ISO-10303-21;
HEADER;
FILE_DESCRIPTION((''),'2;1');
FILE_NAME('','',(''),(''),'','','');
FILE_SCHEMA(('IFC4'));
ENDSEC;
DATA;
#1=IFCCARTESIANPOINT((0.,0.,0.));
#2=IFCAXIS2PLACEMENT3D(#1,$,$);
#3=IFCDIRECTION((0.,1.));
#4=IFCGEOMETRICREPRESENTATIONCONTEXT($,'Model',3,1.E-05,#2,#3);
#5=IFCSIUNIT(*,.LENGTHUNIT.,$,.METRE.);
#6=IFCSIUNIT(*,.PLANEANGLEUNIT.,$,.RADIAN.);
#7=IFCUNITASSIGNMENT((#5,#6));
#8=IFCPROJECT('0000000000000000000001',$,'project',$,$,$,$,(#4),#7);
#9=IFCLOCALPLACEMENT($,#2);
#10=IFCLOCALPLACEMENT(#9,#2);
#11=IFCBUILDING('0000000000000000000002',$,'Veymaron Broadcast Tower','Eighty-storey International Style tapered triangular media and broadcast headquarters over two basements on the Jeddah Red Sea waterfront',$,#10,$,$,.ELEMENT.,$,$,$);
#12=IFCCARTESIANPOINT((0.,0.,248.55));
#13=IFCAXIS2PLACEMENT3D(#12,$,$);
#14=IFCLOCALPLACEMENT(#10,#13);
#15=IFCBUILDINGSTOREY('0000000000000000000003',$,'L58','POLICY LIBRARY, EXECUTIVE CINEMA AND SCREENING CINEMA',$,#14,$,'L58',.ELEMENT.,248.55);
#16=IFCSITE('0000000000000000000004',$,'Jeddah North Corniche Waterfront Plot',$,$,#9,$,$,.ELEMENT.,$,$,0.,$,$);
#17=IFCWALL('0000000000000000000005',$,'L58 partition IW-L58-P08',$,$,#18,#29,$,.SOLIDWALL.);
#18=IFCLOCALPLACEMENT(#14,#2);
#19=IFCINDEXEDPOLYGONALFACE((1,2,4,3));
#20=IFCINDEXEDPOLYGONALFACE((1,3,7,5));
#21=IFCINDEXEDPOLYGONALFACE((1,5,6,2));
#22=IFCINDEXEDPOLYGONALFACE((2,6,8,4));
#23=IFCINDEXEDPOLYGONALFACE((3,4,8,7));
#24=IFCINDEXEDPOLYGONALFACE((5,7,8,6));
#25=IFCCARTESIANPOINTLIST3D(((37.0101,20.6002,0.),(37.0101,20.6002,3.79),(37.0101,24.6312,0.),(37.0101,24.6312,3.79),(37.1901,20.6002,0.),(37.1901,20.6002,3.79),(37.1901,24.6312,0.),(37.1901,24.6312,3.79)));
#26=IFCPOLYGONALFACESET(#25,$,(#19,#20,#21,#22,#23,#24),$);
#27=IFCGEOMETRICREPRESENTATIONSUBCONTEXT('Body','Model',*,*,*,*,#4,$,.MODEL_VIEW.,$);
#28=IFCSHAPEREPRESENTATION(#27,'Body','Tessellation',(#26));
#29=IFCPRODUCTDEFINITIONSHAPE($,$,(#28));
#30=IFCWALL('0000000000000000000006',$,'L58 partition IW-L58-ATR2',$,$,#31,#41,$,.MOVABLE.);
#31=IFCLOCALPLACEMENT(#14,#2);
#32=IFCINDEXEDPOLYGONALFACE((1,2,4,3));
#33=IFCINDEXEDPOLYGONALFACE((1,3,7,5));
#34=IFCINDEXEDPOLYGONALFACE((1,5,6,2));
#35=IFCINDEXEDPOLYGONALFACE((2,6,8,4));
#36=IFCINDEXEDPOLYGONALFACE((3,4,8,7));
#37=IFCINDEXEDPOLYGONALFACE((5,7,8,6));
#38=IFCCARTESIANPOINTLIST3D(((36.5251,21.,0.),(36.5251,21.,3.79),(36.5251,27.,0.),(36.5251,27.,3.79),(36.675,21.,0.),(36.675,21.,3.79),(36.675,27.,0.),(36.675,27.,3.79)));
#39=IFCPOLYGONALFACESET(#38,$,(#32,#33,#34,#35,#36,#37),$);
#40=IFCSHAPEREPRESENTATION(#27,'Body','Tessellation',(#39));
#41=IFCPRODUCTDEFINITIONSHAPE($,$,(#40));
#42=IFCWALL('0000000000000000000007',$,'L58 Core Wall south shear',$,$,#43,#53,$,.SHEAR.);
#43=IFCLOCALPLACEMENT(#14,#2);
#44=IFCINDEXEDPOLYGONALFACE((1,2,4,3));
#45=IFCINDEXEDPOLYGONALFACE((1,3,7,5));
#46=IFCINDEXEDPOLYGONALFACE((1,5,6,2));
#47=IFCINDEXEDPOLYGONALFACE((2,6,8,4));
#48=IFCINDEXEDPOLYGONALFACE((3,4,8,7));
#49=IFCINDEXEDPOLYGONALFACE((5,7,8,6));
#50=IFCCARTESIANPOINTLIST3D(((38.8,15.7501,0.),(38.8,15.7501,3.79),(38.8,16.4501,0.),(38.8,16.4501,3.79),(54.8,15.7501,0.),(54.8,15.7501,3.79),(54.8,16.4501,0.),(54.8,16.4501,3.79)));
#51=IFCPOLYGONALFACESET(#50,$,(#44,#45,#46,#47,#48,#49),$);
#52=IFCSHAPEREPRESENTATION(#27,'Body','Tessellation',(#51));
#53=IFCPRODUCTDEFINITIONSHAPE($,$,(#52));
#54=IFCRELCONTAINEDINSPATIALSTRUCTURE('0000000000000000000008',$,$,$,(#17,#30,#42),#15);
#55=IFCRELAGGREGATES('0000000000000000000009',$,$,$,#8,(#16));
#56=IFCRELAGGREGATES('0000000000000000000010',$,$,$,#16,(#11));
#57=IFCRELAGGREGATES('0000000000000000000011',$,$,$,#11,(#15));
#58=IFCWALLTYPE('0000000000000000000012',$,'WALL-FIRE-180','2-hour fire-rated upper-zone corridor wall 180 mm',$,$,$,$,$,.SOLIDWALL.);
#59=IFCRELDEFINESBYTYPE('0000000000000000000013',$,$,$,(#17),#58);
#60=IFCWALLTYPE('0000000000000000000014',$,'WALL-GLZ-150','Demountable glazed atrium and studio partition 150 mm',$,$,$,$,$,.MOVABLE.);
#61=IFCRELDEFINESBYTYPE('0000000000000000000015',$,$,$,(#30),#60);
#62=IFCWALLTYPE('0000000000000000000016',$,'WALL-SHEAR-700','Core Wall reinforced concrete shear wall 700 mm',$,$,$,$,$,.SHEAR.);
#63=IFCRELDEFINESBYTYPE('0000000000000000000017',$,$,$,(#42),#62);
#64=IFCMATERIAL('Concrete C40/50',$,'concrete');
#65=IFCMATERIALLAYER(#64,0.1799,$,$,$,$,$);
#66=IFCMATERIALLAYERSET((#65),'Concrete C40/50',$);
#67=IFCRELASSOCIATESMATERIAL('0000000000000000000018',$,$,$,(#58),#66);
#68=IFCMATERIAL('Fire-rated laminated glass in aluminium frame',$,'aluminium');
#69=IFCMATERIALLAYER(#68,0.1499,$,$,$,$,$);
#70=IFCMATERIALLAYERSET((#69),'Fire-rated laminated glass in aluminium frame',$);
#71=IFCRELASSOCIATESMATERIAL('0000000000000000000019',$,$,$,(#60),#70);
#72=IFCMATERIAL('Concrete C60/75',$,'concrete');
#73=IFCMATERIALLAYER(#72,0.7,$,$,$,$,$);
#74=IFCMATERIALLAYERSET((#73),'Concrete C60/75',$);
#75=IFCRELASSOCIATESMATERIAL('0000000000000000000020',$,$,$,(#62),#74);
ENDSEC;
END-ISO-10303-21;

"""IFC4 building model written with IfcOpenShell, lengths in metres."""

from ifc_helpers import new_model, si_unit, direction, frame, frame_2d, origin, place, context, subcontext, project, spatial, rectangle, extrude, material, layer, layer_set, type_object, element, save


model = new_model("IFC4")

# Units and contexts
model_context = context("Model", 3, precision=1e-05, world=origin(), true_north=direction((0.0, 1.0)))
body_context = subcontext(model_context, "Body", "Model", "MODEL_VIEW")
ifc_project = project(units=[si_unit("LENGTHUNIT", "METRE"), si_unit("PLANEANGLEUNIT", "RADIAN")], contexts=[model_context])

# Site, building, storey
site_placement = place(None, origin())
site = spatial("IfcSite", under=ifc_project, at=site_placement, Name="Jeddah North Corniche Waterfront Plot", CompositionType="ELEMENT", RefElevation=0.0)
building_placement = place(site_placement, origin())
building = spatial("IfcBuilding", under=site, at=building_placement, Name="Veymaron Broadcast Tower", Description="Eighty-storey International Style tapered triangular media and broadcast headquarters over two basements on the Jeddah Red Sea waterfront", CompositionType="ELEMENT")
storey_placement = place(building_placement, frame((0.0, 0.0, 248.55)))
storey = spatial("IfcBuildingStorey", under=building, at=storey_placement, Name="L58", Description="POLICY LIBRARY, EXECUTIVE CINEMA AND SCREENING CINEMA", LongName="L58", CompositionType="ELEMENT", Elevation=248.55)

# Walls
ifc_material_1 = material(Name="Concrete C40/50", Category="concrete")
ifc_layer_1 = layer(ifc_material_1, 0.1799)
ifc_layer_set_1 = layer_set([ifc_layer_1], Name="Concrete C40/50")
wall_type_1 = type_object("IfcWallType", Name="WALL-FIRE-180", Description="2-hour fire-rated upper-zone corridor wall 180 mm", PredefinedType="SOLIDWALL", material=ifc_layer_set_1)
wall_1_placement = place(storey_placement, frame((37.1001, 20.6001, 0.0), z_axis=(0.0, 0.0, 1.0), x_axis=(0.0, 1.0, 0.0)))
element("IfcWall", 1, at=wall_1_placement, inside=storey, type_object=wall_type_1, Name="L58 partition IW-L58-P08", PredefinedType="SOLIDWALL", context=body_context, shape_type="SweptSolid", body=[
    extrude(rectangle(XDim=4.031, YDim=0.1799, at=frame_2d((2.0156, 0.0))), origin(), (0.0, 0.0, 1.0), 3.79),
])
ifc_material_2 = material(Name="Fire-rated laminated glass in aluminium frame", Category="aluminium")
ifc_layer_2 = layer(ifc_material_2, 0.1499)
ifc_layer_set_2 = layer_set([ifc_layer_2], Name="Fire-rated laminated glass in aluminium frame")
wall_type_2 = type_object("IfcWallType", Name="WALL-GLZ-150", Description="Demountable glazed atrium and studio partition 150 mm", PredefinedType="MOVABLE", material=ifc_layer_set_2)
wall_2_placement = place(storey_placement, frame((36.6001, 21.0, 0.0), z_axis=(0.0, 0.0, 1.0), x_axis=(0.0, 1.0, 0.0)))
element("IfcWall", 2, at=wall_2_placement, inside=storey, type_object=wall_type_2, Name="L58 partition IW-L58-ATR2", PredefinedType="MOVABLE", context=body_context, shape_type="SweptSolid", body=[
    extrude(rectangle(XDim=6.0, YDim=0.1499, at=frame_2d((3.0, 0.0))), origin(), (0.0, 0.0, 1.0), 3.79),
])
ifc_material_3 = material(Name="Concrete C60/75", Category="concrete")
ifc_layer_3 = layer(ifc_material_3, 0.7)
ifc_layer_set_3 = layer_set([ifc_layer_3], Name="Concrete C60/75")
wall_type_3 = type_object("IfcWallType", Name="WALL-SHEAR-700", Description="Core Wall reinforced concrete shear wall 700 mm", PredefinedType="SHEAR", material=ifc_layer_set_3)
wall_3_placement = place(storey_placement, frame((38.8, 16.1001, 0.0), z_axis=(0.0, 0.0, 1.0), x_axis=(1.0, 0.0, 0.0)))
element("IfcWall", 3, at=wall_3_placement, inside=storey, type_object=wall_type_3, Name="L58 Core Wall south shear", PredefinedType="SHEAR", context=body_context, shape_type="SweptSolid", body=[
    extrude(rectangle(XDim=16.0, YDim=0.7, at=frame_2d((8.0, 0.0))), origin(), (0.0, 0.0, 1.0), 3.79),
])

save(model, "model.ifc")
